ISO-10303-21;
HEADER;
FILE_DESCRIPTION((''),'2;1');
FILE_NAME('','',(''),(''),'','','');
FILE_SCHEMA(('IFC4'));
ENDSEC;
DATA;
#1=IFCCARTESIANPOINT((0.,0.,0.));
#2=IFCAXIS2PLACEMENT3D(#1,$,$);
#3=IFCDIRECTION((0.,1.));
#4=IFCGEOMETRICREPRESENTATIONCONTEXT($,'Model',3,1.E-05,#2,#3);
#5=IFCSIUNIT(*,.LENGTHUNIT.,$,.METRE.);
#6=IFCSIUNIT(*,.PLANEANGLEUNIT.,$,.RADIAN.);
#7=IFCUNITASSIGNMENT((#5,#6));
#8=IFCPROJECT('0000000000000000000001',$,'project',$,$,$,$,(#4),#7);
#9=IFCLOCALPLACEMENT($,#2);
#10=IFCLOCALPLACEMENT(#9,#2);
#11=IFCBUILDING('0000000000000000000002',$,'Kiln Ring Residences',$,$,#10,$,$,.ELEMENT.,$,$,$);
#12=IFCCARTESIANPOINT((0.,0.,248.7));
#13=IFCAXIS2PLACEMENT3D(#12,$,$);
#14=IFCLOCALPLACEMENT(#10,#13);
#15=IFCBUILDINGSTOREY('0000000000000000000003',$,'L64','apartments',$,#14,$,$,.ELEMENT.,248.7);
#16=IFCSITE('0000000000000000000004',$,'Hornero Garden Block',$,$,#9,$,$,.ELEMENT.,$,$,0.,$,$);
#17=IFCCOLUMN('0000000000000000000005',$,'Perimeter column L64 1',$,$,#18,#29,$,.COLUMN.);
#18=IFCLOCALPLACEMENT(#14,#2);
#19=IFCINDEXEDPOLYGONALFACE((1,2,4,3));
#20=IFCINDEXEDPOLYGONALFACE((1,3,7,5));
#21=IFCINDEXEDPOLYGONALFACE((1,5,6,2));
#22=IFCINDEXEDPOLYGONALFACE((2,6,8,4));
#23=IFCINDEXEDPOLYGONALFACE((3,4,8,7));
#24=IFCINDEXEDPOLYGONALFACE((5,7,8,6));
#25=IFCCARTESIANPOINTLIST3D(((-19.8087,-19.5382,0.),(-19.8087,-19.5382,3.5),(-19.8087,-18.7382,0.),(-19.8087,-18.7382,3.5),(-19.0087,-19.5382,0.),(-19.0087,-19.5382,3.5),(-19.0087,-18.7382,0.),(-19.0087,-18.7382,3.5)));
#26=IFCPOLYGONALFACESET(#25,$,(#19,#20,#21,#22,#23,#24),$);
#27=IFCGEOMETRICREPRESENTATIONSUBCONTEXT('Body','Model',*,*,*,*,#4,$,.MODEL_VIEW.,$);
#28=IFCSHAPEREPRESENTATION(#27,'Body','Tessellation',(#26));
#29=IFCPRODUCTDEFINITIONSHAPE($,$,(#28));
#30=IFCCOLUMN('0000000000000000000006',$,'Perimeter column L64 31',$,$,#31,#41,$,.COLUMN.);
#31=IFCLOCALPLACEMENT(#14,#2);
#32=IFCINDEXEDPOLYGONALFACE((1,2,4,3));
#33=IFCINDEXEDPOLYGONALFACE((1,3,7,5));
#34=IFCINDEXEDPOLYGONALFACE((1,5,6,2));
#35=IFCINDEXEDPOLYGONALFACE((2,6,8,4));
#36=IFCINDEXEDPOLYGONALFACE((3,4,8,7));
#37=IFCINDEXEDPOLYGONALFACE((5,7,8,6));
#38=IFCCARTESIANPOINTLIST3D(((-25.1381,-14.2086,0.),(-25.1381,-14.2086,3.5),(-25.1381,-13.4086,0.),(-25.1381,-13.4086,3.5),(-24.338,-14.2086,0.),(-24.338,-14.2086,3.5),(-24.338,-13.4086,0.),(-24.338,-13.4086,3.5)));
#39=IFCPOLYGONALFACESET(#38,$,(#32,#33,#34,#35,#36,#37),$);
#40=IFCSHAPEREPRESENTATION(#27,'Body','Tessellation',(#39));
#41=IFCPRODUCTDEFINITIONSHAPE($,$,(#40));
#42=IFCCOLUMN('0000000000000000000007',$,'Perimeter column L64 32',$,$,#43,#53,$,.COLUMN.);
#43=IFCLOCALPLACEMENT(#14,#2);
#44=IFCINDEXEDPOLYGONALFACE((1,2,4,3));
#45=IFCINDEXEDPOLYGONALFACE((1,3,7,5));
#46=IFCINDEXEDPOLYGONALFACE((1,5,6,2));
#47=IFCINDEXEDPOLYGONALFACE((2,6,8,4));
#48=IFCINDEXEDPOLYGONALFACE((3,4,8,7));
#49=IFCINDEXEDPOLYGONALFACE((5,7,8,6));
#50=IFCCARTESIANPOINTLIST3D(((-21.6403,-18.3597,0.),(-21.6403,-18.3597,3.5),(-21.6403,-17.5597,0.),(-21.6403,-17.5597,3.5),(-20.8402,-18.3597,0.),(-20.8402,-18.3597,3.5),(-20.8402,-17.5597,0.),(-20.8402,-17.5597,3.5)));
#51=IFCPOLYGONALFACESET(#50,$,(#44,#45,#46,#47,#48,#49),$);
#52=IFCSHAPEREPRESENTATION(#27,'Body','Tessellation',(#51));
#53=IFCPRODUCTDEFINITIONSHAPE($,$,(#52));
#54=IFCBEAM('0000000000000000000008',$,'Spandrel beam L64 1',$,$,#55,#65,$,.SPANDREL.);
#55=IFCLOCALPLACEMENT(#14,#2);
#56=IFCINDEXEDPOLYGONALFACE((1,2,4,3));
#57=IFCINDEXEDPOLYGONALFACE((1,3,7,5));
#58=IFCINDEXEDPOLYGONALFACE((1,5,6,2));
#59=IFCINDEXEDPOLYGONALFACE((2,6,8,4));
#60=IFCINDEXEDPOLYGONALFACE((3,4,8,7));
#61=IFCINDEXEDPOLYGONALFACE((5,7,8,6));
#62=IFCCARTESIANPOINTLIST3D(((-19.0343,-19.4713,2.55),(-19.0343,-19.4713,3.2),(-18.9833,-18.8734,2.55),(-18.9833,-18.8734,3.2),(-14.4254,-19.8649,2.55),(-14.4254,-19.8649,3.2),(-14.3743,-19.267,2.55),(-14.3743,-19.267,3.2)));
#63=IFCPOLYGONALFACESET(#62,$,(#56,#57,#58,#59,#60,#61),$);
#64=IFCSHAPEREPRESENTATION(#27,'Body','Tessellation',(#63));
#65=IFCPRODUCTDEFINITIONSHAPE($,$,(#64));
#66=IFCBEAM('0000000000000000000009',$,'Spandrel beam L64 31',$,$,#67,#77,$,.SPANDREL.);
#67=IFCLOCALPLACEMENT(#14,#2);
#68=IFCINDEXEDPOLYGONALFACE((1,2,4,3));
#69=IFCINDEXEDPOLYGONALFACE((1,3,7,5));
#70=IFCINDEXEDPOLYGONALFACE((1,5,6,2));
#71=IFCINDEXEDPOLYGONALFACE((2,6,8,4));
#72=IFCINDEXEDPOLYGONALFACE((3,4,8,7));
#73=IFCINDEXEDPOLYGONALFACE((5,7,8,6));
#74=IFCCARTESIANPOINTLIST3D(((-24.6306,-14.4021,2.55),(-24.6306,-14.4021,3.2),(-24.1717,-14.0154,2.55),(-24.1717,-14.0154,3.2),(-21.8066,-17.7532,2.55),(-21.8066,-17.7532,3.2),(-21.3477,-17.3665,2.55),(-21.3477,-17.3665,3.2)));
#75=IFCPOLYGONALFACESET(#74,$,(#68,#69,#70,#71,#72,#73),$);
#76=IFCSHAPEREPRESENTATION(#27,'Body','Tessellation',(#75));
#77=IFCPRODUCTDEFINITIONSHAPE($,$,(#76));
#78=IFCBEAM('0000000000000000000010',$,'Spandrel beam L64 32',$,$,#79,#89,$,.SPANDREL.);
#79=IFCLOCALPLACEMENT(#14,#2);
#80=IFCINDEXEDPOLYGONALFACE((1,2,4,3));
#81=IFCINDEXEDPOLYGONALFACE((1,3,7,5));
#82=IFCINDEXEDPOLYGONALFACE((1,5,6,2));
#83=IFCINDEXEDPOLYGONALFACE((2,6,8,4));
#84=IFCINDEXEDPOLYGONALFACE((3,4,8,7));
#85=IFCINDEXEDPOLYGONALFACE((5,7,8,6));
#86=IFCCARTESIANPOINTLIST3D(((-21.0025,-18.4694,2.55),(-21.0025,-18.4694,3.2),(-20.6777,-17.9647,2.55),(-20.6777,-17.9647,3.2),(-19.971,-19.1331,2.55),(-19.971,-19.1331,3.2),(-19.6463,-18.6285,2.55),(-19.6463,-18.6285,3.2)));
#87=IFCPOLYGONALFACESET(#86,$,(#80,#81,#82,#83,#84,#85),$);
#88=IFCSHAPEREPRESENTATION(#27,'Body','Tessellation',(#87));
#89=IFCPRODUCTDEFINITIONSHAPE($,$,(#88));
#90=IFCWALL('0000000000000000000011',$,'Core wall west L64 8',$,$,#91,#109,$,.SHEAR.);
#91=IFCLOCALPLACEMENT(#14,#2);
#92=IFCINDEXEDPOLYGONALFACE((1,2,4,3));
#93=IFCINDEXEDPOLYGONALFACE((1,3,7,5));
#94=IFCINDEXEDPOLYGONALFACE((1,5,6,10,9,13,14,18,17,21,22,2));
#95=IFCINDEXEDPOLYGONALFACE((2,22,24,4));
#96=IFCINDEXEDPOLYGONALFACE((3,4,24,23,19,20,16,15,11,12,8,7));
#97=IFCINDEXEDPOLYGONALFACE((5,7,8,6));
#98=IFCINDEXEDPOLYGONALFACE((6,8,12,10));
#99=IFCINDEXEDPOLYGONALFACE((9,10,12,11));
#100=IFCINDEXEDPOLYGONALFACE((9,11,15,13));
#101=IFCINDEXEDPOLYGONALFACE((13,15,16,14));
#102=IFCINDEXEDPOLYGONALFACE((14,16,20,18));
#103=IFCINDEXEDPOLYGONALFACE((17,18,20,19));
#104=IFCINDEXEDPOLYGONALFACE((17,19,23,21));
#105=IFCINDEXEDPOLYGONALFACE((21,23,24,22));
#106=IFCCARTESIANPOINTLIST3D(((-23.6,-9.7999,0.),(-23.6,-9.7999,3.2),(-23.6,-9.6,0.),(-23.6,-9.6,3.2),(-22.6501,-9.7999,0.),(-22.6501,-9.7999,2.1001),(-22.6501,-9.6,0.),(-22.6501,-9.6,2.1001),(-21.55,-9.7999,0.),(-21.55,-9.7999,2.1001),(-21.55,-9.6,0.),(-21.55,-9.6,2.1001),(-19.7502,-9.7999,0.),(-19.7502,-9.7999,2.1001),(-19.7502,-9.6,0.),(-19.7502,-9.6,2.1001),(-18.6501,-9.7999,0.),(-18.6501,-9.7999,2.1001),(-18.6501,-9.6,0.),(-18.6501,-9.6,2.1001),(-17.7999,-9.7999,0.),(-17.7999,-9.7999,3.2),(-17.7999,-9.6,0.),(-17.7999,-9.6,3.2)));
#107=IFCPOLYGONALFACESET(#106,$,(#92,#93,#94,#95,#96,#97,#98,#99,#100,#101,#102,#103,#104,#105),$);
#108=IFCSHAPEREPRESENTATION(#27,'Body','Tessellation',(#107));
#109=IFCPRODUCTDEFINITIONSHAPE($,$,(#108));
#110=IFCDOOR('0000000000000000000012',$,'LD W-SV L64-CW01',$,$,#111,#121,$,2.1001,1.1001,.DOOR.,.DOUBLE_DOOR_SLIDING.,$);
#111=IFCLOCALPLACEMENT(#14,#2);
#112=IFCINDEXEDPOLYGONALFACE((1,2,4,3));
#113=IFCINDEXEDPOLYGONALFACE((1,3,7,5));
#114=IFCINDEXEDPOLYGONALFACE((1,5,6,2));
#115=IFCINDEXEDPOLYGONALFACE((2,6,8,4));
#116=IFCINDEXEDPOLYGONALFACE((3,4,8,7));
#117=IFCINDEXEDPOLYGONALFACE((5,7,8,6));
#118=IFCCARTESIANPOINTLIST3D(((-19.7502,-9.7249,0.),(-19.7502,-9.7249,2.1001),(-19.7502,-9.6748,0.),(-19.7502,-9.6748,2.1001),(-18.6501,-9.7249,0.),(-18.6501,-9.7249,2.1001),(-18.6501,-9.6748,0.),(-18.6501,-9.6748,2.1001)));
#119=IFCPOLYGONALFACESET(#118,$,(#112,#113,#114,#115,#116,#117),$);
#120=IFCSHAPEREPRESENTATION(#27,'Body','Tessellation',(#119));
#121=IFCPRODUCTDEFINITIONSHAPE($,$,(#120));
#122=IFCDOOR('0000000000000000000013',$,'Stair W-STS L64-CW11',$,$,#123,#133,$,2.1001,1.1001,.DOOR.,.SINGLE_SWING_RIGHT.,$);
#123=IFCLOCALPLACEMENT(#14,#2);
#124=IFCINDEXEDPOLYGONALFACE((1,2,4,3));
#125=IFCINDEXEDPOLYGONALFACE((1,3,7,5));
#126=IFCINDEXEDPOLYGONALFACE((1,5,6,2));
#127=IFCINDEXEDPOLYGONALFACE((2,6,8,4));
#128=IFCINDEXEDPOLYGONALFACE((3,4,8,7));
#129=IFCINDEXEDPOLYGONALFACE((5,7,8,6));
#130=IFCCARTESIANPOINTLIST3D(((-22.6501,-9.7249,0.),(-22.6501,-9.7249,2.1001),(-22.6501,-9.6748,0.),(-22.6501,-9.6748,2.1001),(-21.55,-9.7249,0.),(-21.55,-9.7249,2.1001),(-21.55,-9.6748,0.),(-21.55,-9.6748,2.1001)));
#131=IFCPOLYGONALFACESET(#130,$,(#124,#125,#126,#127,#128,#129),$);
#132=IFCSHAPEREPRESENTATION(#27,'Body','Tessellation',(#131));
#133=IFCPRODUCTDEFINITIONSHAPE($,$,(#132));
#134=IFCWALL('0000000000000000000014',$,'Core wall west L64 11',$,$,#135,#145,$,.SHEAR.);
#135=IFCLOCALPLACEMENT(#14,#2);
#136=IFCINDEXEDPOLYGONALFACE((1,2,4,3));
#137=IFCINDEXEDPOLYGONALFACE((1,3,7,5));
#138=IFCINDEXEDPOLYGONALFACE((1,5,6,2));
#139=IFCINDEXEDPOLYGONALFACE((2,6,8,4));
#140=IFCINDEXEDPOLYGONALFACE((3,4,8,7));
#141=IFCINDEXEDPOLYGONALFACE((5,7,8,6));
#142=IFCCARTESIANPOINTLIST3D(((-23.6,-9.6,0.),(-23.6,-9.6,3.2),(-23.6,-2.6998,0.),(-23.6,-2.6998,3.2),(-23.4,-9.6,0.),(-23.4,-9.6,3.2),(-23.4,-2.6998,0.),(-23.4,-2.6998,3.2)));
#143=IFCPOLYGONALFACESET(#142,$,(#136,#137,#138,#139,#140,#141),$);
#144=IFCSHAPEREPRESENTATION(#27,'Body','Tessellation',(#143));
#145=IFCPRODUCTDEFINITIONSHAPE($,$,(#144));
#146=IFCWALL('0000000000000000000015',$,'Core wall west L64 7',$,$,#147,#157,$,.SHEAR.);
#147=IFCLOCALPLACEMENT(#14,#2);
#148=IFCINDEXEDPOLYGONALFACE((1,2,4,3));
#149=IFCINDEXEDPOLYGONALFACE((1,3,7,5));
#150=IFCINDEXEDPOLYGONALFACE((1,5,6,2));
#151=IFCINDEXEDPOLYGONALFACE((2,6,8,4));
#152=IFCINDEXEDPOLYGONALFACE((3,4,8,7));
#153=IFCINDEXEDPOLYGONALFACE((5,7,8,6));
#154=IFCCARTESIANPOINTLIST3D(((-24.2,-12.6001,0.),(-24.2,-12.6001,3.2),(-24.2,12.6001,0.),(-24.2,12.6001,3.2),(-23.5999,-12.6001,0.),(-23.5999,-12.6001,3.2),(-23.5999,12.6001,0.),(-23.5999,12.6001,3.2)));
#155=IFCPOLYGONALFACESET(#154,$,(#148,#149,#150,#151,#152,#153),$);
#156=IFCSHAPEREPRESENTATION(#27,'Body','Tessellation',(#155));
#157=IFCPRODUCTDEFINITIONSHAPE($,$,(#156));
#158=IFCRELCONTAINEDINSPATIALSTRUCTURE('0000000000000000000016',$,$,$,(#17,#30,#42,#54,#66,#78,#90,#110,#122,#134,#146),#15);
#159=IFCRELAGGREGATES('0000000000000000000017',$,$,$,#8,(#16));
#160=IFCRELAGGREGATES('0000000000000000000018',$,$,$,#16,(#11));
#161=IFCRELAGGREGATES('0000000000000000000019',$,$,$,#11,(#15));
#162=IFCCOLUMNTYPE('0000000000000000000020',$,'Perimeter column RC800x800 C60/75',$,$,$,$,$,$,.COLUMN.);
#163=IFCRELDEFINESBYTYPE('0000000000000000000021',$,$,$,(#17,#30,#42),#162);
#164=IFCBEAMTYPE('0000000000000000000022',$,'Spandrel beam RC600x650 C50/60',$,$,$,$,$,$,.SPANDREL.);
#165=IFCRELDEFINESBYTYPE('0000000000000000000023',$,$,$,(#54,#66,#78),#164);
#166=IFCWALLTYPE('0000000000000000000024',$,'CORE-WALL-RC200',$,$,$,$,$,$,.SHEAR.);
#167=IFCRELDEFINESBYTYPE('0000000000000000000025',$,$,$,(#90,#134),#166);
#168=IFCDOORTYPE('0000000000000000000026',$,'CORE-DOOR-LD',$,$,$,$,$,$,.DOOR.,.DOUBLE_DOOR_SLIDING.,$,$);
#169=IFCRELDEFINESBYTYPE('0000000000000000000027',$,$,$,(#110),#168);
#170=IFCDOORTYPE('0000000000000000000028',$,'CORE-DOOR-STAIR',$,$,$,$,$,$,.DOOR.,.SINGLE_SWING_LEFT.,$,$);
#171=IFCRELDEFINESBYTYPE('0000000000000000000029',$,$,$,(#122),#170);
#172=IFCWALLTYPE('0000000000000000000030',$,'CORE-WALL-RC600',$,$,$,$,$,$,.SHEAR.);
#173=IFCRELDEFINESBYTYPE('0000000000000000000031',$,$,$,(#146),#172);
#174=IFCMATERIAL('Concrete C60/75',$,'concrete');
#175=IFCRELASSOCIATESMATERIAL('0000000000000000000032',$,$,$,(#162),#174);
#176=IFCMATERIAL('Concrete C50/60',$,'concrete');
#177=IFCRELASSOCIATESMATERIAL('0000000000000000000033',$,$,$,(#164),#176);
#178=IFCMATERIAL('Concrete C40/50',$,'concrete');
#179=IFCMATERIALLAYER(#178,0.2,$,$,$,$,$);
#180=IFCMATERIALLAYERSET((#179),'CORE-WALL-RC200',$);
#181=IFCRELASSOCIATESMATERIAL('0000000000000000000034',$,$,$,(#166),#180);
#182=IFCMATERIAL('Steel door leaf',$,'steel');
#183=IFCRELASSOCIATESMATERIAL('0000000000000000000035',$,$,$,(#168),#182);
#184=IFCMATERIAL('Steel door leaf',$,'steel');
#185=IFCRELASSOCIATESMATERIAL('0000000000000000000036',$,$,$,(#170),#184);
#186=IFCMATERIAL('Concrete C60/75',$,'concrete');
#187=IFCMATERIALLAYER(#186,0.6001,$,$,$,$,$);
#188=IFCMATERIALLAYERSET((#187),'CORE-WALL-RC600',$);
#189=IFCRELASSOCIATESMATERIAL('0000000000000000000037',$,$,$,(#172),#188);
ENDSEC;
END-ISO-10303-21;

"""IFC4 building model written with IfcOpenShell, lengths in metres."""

from ifc_helpers import new_model, si_unit, direction, frame, frame_2d, origin, origin_2d, place, context, subcontext, project, spatial, rectangle, extrude, material, layer, layer_set, material_profile, profile_set, type_object, element, fill, save


model = new_model("IFC4")

# Units and contexts
model_context = context("Model", 3, precision=1e-05, world=origin(), true_north=direction((0.0, 1.0)))
body_context = subcontext(model_context, "Body", "Model", "MODEL_VIEW")
ifc_project = project(units=[si_unit("LENGTHUNIT", "METRE"), si_unit("PLANEANGLEUNIT", "RADIAN")], contexts=[model_context])

# Site, building, storey
site_placement = place(None, origin())
site = spatial("IfcSite", under=ifc_project, at=site_placement, Name="Hornero Garden Block", CompositionType="ELEMENT", RefElevation=0.0)
building_placement = place(site_placement, origin())
building = spatial("IfcBuilding", under=site, at=building_placement, Name="Kiln Ring Residences", CompositionType="ELEMENT")
storey_placement = place(building_placement, frame((0.0, 0.0, 248.7)))
storey = spatial("IfcBuildingStorey", under=building, at=storey_placement, Name="L64", Description="apartments", CompositionType="ELEMENT", Elevation=248.7)

# Columns
ifc_material_1 = material(Name="Concrete C60/75", Category="concrete")
ifc_material_profile_1 = material_profile(ifc_material_1, rectangle(XDim=0.8, YDim=0.8, at=origin_2d()), Name="RC800x800")
ifc_profile_set_1 = profile_set([ifc_material_profile_1], Name="Concrete C60/75")
column_type = type_object("IfcColumnType", Name="Perimeter column RC800x800 C60/75", PredefinedType="COLUMN", material=ifc_profile_set_1)
for number, where, z_axis, x_axis, name in (
    (1, (-19.4087, -19.1382, 0.0), (0.0, 0.0, 1.0), (1.0, 0.0, 0.0), "Perimeter column L64 1"),
    (2, (-24.738, -13.8086, 0.0), (0.0, 0.0, 1.0), (1.0, 0.0, 0.0), "Perimeter column L64 31"),
    (3, (-21.2402, -17.9597, 0.0), (0.0, 0.0, 1.0), (1.0, 0.0, 0.0), "Perimeter column L64 32"),
):
    element("IfcColumn", number, at=place(storey_placement, frame(where, z_axis=z_axis, x_axis=x_axis)), inside=storey, type_object=column_type, Name=name, PredefinedType="COLUMN", context=body_context, shape_type="SweptSolid", body=[
        extrude(rectangle(XDim=0.8, YDim=0.8, at=origin_2d()), origin(), (0.0, 0.0, 1.0), 3.5),
    ])

# Beams
ifc_material_2 = material(Name="Concrete C50/60", Category="concrete")
ifc_material_profile_2 = material_profile(ifc_material_2, rectangle(XDim=0.6001, YDim=0.6499, at=origin_2d()), Name="RC600x650")
ifc_profile_set_2 = profile_set([ifc_material_profile_2], Name="Concrete C50/60")
beam_type = type_object("IfcBeamType", Name="Spandrel beam RC600x650 C50/60", PredefinedType="SPANDREL", material=ifc_profile_set_2)
beam_1_placement = place(storey_placement, frame((-19.0088, -19.1724, 2.875), z_axis=(0.996374, -0.085081, 0.0), x_axis=(0.085081, 0.996374, 0.0)))
element("IfcBeam", 4, at=beam_1_placement, inside=storey, type_object=beam_type, Name="Spandrel beam L64 1", PredefinedType="SPANDREL", context=body_context, shape_type="SweptSolid", body=[
    extrude(rectangle(XDim=0.6001, YDim=0.6499, at=origin_2d()), origin(), (0.0, 0.0, 1.0), 4.6257),
])
beam_2_placement = place(storey_placement, frame((-24.4011, -14.2087, 2.875), z_axis=(0.644405, -0.764684, 0.0), x_axis=(0.764684, 0.644405, 0.0)))
element("IfcBeam", 5, at=beam_2_placement, inside=storey, type_object=beam_type, Name="Spandrel beam L64 31", PredefinedType="SPANDREL", context=body_context, shape_type="SweptSolid", body=[
    extrude(rectangle(XDim=0.6001, YDim=0.6499, at=origin_2d()), origin(), (0.0, 0.0, 1.0), 4.3823),
])
beam_3_placement = place(storey_placement, frame((-20.8401, -18.217, 2.875), z_axis=(0.840913, -0.54117, 0.0), x_axis=(0.54117, 0.840913, 0.0)))
element("IfcBeam", 6, at=beam_3_placement, inside=storey, type_object=beam_type, Name="Spandrel beam L64 32", PredefinedType="SPANDREL", context=body_context, shape_type="SweptSolid", body=[
    extrude(rectangle(XDim=0.6001, YDim=0.6499, at=origin_2d()), origin(), (0.0, 0.0, 1.0), 1.2266),
])

# Wall, openings, doors
ifc_material_3 = material(Name="Concrete C40/50", Category="concrete")
ifc_layer_1 = layer(ifc_material_3, 0.2)
ifc_layer_set_1 = layer_set([ifc_layer_1], Name="CORE-WALL-RC200")
wall_type_1 = type_object("IfcWallType", Name="CORE-WALL-RC200", PredefinedType="SHEAR", material=ifc_layer_set_1)
wall_1_placement = place(storey_placement, frame((-17.8, -9.7, 0.0), z_axis=(0.0, 0.0, 1.0), x_axis=(-1.0, 0.0, 0.0)))
wall_1 = element("IfcWall", 7, at=wall_1_placement, inside=storey, type_object=wall_type_1, Name="Core wall west L64 8", PredefinedType="SHEAR", context=body_context, shape_type="SweptSolid", body=[
    extrude(rectangle(XDim=5.8, YDim=0.2, at=frame_2d((2.8999, 0.0))), origin(), (0.0, 0.0, 1.0), 3.2),
])
opening_1_placement = place(wall_1_placement, frame((0.8501, 0.0, 0.0)))
opening_1 = element("IfcOpeningElement", 8, at=opening_1_placement, cuts=wall_1, PredefinedType="OPENING", context=body_context, shape_type="SweptSolid", body=[
    extrude(rectangle(XDim=1.1001, YDim=2.1001, at=frame_2d((0.55, 1.05))), frame((0.0, 0.1099, 0.0), z_axis=(0.0, -1.0, 0.0), x_axis=(1.0, 0.0, 0.0)), (0.0, 0.0, 1.0), 0.22),
])
opening_2_placement = place(wall_1_placement, frame((3.75, 0.0, 0.0)))
opening_2 = element("IfcOpeningElement", 9, at=opening_2_placement, cuts=wall_1, PredefinedType="OPENING", context=body_context, shape_type="SweptSolid", body=[
    extrude(rectangle(XDim=1.1001, YDim=2.1001, at=frame_2d((0.55, 1.05))), frame((0.0, 0.1099, 0.0), z_axis=(0.0, -1.0, 0.0), x_axis=(1.0, 0.0, 0.0)), (0.0, 0.0, 1.0), 0.22),
])
ifc_material_4 = material(Name="Steel door leaf", Category="steel")
door_type_1 = type_object("IfcDoorType", Name="CORE-DOOR-LD", OperationType="DOUBLE_DOOR_SLIDING", PredefinedType="DOOR", material=ifc_material_4)
door_1_placement = place(opening_1_placement, origin())
door_1 = element("IfcDoor", 10, at=door_1_placement, inside=storey, type_object=door_type_1, Name="LD W-SV L64-CW01", OperationType="DOUBLE_DOOR_SLIDING", OverallHeight=2.1001, OverallWidth=1.1001, PredefinedType="DOOR", context=body_context, shape_type="SweptSolid", body=[
    extrude(rectangle(XDim=1.1001, YDim=2.1001, at=frame_2d((0.55, 1.05))), frame((0.0, 0.0249, 0.0), z_axis=(0.0, -1.0, 0.0), x_axis=(1.0, 0.0, 0.0)), (0.0, 0.0, 1.0), 0.05),
])
fill(opening_1, door_1)
ifc_material_5 = material(Name="Steel door leaf", Category="steel")
door_type_2 = type_object("IfcDoorType", Name="CORE-DOOR-STAIR", OperationType="SINGLE_SWING_LEFT", PredefinedType="DOOR", material=ifc_material_5)
door_2_placement = place(opening_2_placement, origin())
door_2 = element("IfcDoor", 11, at=door_2_placement, inside=storey, type_object=door_type_2, Name="Stair W-STS L64-CW11", OperationType="SINGLE_SWING_RIGHT", OverallHeight=2.1001, OverallWidth=1.1001, PredefinedType="DOOR", context=body_context, shape_type="SweptSolid", body=[
    extrude(rectangle(XDim=1.1001, YDim=2.1001, at=frame_2d((0.55, 1.05))), frame((0.0, 0.0249, 0.0), z_axis=(0.0, -1.0, 0.0), x_axis=(1.0, 0.0, 0.0)), (0.0, 0.0, 1.0), 0.05),
])
fill(opening_2, door_2)

# Walls
wall_2_placement = place(storey_placement, frame((-23.5, -9.6001, 0.0), z_axis=(0.0, 0.0, 1.0), x_axis=(0.0, 1.0, 0.0)))
element("IfcWall", 12, at=wall_2_placement, inside=storey, type_object=wall_type_1, Name="Core wall west L64 11", PredefinedType="SHEAR", context=body_context, shape_type="SweptSolid", body=[
    extrude(rectangle(XDim=6.9001, YDim=0.2, at=frame_2d((3.4502, 0.0))), origin(), (0.0, 0.0, 1.0), 3.2),
])
ifc_material_6 = material(Name="Concrete C60/75", Category="concrete")
ifc_layer_2 = layer(ifc_material_6, 0.6001)
ifc_layer_set_2 = layer_set([ifc_layer_2], Name="CORE-WALL-RC600")
wall_type_2 = type_object("IfcWallType", Name="CORE-WALL-RC600", PredefinedType="SHEAR", material=ifc_layer_set_2)
wall_3_placement = place(storey_placement, frame((-23.8999, -12.6001, 0.0), z_axis=(0.0, 0.0, 1.0), x_axis=(0.0, 1.0, 0.0)))
element("IfcWall", 13, at=wall_3_placement, inside=storey, type_object=wall_type_2, Name="Core wall west L64 7", PredefinedType="SHEAR", context=body_context, shape_type="SweptSolid", body=[
    extrude(rectangle(XDim=25.2002, YDim=0.6001, at=frame_2d((12.6001, 0.0))), origin(), (0.0, 0.0, 1.0), 3.2),
])

save(model, "model.ifc")
